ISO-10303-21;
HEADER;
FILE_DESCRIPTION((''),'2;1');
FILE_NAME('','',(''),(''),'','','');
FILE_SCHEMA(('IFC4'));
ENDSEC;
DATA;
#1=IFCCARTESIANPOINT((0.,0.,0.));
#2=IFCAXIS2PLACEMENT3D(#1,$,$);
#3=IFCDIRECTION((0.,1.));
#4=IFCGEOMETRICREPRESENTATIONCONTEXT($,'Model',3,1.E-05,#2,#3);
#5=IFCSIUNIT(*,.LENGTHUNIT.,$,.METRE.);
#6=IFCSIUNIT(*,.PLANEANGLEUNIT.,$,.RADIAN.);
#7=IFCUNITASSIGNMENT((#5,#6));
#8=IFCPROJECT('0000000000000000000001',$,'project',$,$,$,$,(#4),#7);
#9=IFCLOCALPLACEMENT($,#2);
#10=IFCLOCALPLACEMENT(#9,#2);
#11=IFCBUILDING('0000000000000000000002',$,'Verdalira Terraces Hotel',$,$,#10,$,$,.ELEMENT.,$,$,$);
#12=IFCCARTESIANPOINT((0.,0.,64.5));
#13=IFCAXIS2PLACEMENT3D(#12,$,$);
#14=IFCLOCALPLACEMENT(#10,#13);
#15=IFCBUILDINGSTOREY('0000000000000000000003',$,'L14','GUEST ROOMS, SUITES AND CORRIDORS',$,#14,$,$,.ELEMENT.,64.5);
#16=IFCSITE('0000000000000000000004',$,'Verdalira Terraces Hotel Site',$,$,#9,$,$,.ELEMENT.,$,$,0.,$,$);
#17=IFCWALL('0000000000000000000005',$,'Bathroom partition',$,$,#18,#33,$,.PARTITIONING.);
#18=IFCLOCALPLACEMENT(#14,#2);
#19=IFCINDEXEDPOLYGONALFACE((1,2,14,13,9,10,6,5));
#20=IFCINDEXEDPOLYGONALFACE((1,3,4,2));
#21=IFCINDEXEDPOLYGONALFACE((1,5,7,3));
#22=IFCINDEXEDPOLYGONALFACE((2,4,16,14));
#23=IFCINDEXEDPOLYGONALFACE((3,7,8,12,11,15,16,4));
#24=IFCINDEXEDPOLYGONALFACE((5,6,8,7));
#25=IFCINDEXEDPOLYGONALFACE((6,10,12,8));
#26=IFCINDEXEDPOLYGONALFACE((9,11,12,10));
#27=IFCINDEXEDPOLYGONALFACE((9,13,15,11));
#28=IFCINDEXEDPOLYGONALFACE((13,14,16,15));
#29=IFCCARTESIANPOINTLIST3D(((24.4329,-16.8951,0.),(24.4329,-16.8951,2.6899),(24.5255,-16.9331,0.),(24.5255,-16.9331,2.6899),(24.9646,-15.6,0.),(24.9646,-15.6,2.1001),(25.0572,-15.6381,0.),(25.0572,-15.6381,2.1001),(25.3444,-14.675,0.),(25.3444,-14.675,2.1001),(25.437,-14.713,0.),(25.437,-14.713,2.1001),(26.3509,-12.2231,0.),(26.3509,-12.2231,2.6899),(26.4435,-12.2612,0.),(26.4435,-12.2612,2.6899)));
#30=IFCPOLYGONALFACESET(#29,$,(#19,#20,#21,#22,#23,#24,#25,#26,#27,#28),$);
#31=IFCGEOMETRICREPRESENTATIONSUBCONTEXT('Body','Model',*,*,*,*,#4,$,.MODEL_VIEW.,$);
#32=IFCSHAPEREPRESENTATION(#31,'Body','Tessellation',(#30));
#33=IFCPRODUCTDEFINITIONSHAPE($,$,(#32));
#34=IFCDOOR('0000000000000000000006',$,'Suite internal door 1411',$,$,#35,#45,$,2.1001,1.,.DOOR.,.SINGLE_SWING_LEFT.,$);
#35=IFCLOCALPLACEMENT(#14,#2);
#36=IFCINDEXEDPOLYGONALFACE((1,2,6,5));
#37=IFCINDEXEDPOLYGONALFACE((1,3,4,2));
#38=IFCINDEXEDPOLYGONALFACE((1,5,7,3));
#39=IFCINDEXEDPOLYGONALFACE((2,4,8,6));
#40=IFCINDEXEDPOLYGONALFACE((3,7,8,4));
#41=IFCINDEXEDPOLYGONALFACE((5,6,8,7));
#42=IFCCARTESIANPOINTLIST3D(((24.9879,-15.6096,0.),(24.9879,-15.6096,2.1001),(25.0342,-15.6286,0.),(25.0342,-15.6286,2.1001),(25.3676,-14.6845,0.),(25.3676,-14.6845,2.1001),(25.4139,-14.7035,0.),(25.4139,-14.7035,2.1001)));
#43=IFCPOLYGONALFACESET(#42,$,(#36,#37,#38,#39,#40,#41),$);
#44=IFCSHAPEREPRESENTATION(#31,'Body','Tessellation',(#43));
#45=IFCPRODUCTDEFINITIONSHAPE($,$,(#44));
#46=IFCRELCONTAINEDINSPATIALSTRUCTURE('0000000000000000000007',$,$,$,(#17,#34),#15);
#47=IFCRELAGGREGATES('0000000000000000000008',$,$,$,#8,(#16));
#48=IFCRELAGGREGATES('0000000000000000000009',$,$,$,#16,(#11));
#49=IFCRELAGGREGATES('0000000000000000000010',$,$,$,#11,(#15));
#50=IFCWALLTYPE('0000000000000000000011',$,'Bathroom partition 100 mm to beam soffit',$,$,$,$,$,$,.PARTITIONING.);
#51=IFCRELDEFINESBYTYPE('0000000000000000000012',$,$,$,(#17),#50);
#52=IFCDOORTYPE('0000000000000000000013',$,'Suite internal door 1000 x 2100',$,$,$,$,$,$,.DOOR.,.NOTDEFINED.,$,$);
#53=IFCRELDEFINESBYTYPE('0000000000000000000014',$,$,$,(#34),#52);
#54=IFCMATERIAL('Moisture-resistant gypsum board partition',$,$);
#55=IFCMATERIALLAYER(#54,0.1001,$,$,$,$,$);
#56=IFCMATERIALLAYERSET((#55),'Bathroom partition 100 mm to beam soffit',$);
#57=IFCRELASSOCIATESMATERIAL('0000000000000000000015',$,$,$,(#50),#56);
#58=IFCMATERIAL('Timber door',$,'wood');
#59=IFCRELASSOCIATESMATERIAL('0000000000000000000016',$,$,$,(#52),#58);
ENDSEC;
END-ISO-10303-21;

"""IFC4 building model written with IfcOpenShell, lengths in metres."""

from ifc_helpers import new_model, si_unit, direction, frame, frame_2d, origin, place, context, subcontext, project, spatial, rectangle, extrude, material, layer, layer_set, type_object, element, fill, save


model = new_model("IFC4")

# Units and contexts
model_context = context("Model", 3, precision=1e-05, world=origin(), true_north=direction((0.0, 1.0)))
body_context = subcontext(model_context, "Body", "Model", "MODEL_VIEW")
ifc_project = project(units=[si_unit("LENGTHUNIT", "METRE"), si_unit("PLANEANGLEUNIT", "RADIAN")], contexts=[model_context])

# Site, building, storey
site_placement = place(None, origin())
site = spatial("IfcSite", under=ifc_project, at=site_placement, Name="Verdalira Terraces Hotel Site", CompositionType="ELEMENT", RefElevation=0.0)
building_placement = place(site_placement, origin())
building = spatial("IfcBuilding", under=site, at=building_placement, Name="Verdalira Terraces Hotel", CompositionType="ELEMENT")
storey_placement = place(building_placement, frame((0.0, 0.0, 64.5)))
storey = spatial("IfcBuildingStorey", under=building, at=storey_placement, Name="L14", Description="GUEST ROOMS, SUITES AND CORRIDORS", CompositionType="ELEMENT", Elevation=64.5)

# Wall, opening, door
ifc_material_1 = material(Name="Moisture-resistant gypsum board partition")
ifc_layer_1 = layer(ifc_material_1, 0.1001)
ifc_layer_set_1 = layer_set([ifc_layer_1], Name="Bathroom partition 100 mm to beam soffit")
wall_type_1 = type_object("IfcWallType", Name="Bathroom partition 100 mm to beam soffit", PredefinedType="PARTITIONING", material=ifc_layer_set_1)
wall_1_placement = place(storey_placement, frame((24.4792, -16.9141, 0.0), z_axis=(0.0, 0.0, 1.0), x_axis=(0.379777, 0.925078, 0.0)))
wall_1 = element("IfcWall", 1, at=wall_1_placement, inside=storey, type_object=wall_type_1, Name="Bathroom partition", PredefinedType="PARTITIONING", context=body_context, shape_type="SweptSolid", body=[
    extrude(rectangle(XDim=5.0503, YDim=0.1001, at=frame_2d((2.5251, 0.0))), origin(), (0.0, 0.0, 1.0), 2.6899),
])
opening_1_placement = place(wall_1_placement, frame((1.3999, 0.0, 0.0)))
opening_1 = element("IfcOpeningElement", 2, at=opening_1_placement, cuts=wall_1, PredefinedType="OPENING", context=body_context, shape_type="SweptSolid", body=[
    extrude(rectangle(XDim=1.0, YDim=2.1001, at=frame_2d((0.5, 1.05))), frame((0.0, 0.0601, 0.0), z_axis=(0.0, -1.0, 0.0), x_axis=(1.0, 0.0, 0.0)), (0.0, 0.0, 1.0), 0.1201),
])
ifc_material_2 = material(Name="Timber door", Category="wood")
door_type_1 = type_object("IfcDoorType", Name="Suite internal door 1000 x 2100", OperationType="NOTDEFINED", PredefinedType="DOOR", material=ifc_material_2)
door_1_placement = place(opening_1_placement, origin())
door_1 = element("IfcDoor", 3, at=door_1_placement, inside=storey, type_object=door_type_1, Name="Suite internal door 1411", OperationType="SINGLE_SWING_LEFT", OverallHeight=2.1001, OverallWidth=1.0, PredefinedType="DOOR", context=body_context, shape_type="SweptSolid", body=[
    extrude(rectangle(XDim=1.0, YDim=2.1001, at=frame_2d((0.5, 1.05))), frame((0.0, 0.0249, 0.0), z_axis=(0.0, -1.0, 0.0), x_axis=(1.0, 0.0, 0.0)), (0.0, 0.0, 1.0), 0.05),
])
fill(opening_1, door_1)

save(model, "model.ifc")
